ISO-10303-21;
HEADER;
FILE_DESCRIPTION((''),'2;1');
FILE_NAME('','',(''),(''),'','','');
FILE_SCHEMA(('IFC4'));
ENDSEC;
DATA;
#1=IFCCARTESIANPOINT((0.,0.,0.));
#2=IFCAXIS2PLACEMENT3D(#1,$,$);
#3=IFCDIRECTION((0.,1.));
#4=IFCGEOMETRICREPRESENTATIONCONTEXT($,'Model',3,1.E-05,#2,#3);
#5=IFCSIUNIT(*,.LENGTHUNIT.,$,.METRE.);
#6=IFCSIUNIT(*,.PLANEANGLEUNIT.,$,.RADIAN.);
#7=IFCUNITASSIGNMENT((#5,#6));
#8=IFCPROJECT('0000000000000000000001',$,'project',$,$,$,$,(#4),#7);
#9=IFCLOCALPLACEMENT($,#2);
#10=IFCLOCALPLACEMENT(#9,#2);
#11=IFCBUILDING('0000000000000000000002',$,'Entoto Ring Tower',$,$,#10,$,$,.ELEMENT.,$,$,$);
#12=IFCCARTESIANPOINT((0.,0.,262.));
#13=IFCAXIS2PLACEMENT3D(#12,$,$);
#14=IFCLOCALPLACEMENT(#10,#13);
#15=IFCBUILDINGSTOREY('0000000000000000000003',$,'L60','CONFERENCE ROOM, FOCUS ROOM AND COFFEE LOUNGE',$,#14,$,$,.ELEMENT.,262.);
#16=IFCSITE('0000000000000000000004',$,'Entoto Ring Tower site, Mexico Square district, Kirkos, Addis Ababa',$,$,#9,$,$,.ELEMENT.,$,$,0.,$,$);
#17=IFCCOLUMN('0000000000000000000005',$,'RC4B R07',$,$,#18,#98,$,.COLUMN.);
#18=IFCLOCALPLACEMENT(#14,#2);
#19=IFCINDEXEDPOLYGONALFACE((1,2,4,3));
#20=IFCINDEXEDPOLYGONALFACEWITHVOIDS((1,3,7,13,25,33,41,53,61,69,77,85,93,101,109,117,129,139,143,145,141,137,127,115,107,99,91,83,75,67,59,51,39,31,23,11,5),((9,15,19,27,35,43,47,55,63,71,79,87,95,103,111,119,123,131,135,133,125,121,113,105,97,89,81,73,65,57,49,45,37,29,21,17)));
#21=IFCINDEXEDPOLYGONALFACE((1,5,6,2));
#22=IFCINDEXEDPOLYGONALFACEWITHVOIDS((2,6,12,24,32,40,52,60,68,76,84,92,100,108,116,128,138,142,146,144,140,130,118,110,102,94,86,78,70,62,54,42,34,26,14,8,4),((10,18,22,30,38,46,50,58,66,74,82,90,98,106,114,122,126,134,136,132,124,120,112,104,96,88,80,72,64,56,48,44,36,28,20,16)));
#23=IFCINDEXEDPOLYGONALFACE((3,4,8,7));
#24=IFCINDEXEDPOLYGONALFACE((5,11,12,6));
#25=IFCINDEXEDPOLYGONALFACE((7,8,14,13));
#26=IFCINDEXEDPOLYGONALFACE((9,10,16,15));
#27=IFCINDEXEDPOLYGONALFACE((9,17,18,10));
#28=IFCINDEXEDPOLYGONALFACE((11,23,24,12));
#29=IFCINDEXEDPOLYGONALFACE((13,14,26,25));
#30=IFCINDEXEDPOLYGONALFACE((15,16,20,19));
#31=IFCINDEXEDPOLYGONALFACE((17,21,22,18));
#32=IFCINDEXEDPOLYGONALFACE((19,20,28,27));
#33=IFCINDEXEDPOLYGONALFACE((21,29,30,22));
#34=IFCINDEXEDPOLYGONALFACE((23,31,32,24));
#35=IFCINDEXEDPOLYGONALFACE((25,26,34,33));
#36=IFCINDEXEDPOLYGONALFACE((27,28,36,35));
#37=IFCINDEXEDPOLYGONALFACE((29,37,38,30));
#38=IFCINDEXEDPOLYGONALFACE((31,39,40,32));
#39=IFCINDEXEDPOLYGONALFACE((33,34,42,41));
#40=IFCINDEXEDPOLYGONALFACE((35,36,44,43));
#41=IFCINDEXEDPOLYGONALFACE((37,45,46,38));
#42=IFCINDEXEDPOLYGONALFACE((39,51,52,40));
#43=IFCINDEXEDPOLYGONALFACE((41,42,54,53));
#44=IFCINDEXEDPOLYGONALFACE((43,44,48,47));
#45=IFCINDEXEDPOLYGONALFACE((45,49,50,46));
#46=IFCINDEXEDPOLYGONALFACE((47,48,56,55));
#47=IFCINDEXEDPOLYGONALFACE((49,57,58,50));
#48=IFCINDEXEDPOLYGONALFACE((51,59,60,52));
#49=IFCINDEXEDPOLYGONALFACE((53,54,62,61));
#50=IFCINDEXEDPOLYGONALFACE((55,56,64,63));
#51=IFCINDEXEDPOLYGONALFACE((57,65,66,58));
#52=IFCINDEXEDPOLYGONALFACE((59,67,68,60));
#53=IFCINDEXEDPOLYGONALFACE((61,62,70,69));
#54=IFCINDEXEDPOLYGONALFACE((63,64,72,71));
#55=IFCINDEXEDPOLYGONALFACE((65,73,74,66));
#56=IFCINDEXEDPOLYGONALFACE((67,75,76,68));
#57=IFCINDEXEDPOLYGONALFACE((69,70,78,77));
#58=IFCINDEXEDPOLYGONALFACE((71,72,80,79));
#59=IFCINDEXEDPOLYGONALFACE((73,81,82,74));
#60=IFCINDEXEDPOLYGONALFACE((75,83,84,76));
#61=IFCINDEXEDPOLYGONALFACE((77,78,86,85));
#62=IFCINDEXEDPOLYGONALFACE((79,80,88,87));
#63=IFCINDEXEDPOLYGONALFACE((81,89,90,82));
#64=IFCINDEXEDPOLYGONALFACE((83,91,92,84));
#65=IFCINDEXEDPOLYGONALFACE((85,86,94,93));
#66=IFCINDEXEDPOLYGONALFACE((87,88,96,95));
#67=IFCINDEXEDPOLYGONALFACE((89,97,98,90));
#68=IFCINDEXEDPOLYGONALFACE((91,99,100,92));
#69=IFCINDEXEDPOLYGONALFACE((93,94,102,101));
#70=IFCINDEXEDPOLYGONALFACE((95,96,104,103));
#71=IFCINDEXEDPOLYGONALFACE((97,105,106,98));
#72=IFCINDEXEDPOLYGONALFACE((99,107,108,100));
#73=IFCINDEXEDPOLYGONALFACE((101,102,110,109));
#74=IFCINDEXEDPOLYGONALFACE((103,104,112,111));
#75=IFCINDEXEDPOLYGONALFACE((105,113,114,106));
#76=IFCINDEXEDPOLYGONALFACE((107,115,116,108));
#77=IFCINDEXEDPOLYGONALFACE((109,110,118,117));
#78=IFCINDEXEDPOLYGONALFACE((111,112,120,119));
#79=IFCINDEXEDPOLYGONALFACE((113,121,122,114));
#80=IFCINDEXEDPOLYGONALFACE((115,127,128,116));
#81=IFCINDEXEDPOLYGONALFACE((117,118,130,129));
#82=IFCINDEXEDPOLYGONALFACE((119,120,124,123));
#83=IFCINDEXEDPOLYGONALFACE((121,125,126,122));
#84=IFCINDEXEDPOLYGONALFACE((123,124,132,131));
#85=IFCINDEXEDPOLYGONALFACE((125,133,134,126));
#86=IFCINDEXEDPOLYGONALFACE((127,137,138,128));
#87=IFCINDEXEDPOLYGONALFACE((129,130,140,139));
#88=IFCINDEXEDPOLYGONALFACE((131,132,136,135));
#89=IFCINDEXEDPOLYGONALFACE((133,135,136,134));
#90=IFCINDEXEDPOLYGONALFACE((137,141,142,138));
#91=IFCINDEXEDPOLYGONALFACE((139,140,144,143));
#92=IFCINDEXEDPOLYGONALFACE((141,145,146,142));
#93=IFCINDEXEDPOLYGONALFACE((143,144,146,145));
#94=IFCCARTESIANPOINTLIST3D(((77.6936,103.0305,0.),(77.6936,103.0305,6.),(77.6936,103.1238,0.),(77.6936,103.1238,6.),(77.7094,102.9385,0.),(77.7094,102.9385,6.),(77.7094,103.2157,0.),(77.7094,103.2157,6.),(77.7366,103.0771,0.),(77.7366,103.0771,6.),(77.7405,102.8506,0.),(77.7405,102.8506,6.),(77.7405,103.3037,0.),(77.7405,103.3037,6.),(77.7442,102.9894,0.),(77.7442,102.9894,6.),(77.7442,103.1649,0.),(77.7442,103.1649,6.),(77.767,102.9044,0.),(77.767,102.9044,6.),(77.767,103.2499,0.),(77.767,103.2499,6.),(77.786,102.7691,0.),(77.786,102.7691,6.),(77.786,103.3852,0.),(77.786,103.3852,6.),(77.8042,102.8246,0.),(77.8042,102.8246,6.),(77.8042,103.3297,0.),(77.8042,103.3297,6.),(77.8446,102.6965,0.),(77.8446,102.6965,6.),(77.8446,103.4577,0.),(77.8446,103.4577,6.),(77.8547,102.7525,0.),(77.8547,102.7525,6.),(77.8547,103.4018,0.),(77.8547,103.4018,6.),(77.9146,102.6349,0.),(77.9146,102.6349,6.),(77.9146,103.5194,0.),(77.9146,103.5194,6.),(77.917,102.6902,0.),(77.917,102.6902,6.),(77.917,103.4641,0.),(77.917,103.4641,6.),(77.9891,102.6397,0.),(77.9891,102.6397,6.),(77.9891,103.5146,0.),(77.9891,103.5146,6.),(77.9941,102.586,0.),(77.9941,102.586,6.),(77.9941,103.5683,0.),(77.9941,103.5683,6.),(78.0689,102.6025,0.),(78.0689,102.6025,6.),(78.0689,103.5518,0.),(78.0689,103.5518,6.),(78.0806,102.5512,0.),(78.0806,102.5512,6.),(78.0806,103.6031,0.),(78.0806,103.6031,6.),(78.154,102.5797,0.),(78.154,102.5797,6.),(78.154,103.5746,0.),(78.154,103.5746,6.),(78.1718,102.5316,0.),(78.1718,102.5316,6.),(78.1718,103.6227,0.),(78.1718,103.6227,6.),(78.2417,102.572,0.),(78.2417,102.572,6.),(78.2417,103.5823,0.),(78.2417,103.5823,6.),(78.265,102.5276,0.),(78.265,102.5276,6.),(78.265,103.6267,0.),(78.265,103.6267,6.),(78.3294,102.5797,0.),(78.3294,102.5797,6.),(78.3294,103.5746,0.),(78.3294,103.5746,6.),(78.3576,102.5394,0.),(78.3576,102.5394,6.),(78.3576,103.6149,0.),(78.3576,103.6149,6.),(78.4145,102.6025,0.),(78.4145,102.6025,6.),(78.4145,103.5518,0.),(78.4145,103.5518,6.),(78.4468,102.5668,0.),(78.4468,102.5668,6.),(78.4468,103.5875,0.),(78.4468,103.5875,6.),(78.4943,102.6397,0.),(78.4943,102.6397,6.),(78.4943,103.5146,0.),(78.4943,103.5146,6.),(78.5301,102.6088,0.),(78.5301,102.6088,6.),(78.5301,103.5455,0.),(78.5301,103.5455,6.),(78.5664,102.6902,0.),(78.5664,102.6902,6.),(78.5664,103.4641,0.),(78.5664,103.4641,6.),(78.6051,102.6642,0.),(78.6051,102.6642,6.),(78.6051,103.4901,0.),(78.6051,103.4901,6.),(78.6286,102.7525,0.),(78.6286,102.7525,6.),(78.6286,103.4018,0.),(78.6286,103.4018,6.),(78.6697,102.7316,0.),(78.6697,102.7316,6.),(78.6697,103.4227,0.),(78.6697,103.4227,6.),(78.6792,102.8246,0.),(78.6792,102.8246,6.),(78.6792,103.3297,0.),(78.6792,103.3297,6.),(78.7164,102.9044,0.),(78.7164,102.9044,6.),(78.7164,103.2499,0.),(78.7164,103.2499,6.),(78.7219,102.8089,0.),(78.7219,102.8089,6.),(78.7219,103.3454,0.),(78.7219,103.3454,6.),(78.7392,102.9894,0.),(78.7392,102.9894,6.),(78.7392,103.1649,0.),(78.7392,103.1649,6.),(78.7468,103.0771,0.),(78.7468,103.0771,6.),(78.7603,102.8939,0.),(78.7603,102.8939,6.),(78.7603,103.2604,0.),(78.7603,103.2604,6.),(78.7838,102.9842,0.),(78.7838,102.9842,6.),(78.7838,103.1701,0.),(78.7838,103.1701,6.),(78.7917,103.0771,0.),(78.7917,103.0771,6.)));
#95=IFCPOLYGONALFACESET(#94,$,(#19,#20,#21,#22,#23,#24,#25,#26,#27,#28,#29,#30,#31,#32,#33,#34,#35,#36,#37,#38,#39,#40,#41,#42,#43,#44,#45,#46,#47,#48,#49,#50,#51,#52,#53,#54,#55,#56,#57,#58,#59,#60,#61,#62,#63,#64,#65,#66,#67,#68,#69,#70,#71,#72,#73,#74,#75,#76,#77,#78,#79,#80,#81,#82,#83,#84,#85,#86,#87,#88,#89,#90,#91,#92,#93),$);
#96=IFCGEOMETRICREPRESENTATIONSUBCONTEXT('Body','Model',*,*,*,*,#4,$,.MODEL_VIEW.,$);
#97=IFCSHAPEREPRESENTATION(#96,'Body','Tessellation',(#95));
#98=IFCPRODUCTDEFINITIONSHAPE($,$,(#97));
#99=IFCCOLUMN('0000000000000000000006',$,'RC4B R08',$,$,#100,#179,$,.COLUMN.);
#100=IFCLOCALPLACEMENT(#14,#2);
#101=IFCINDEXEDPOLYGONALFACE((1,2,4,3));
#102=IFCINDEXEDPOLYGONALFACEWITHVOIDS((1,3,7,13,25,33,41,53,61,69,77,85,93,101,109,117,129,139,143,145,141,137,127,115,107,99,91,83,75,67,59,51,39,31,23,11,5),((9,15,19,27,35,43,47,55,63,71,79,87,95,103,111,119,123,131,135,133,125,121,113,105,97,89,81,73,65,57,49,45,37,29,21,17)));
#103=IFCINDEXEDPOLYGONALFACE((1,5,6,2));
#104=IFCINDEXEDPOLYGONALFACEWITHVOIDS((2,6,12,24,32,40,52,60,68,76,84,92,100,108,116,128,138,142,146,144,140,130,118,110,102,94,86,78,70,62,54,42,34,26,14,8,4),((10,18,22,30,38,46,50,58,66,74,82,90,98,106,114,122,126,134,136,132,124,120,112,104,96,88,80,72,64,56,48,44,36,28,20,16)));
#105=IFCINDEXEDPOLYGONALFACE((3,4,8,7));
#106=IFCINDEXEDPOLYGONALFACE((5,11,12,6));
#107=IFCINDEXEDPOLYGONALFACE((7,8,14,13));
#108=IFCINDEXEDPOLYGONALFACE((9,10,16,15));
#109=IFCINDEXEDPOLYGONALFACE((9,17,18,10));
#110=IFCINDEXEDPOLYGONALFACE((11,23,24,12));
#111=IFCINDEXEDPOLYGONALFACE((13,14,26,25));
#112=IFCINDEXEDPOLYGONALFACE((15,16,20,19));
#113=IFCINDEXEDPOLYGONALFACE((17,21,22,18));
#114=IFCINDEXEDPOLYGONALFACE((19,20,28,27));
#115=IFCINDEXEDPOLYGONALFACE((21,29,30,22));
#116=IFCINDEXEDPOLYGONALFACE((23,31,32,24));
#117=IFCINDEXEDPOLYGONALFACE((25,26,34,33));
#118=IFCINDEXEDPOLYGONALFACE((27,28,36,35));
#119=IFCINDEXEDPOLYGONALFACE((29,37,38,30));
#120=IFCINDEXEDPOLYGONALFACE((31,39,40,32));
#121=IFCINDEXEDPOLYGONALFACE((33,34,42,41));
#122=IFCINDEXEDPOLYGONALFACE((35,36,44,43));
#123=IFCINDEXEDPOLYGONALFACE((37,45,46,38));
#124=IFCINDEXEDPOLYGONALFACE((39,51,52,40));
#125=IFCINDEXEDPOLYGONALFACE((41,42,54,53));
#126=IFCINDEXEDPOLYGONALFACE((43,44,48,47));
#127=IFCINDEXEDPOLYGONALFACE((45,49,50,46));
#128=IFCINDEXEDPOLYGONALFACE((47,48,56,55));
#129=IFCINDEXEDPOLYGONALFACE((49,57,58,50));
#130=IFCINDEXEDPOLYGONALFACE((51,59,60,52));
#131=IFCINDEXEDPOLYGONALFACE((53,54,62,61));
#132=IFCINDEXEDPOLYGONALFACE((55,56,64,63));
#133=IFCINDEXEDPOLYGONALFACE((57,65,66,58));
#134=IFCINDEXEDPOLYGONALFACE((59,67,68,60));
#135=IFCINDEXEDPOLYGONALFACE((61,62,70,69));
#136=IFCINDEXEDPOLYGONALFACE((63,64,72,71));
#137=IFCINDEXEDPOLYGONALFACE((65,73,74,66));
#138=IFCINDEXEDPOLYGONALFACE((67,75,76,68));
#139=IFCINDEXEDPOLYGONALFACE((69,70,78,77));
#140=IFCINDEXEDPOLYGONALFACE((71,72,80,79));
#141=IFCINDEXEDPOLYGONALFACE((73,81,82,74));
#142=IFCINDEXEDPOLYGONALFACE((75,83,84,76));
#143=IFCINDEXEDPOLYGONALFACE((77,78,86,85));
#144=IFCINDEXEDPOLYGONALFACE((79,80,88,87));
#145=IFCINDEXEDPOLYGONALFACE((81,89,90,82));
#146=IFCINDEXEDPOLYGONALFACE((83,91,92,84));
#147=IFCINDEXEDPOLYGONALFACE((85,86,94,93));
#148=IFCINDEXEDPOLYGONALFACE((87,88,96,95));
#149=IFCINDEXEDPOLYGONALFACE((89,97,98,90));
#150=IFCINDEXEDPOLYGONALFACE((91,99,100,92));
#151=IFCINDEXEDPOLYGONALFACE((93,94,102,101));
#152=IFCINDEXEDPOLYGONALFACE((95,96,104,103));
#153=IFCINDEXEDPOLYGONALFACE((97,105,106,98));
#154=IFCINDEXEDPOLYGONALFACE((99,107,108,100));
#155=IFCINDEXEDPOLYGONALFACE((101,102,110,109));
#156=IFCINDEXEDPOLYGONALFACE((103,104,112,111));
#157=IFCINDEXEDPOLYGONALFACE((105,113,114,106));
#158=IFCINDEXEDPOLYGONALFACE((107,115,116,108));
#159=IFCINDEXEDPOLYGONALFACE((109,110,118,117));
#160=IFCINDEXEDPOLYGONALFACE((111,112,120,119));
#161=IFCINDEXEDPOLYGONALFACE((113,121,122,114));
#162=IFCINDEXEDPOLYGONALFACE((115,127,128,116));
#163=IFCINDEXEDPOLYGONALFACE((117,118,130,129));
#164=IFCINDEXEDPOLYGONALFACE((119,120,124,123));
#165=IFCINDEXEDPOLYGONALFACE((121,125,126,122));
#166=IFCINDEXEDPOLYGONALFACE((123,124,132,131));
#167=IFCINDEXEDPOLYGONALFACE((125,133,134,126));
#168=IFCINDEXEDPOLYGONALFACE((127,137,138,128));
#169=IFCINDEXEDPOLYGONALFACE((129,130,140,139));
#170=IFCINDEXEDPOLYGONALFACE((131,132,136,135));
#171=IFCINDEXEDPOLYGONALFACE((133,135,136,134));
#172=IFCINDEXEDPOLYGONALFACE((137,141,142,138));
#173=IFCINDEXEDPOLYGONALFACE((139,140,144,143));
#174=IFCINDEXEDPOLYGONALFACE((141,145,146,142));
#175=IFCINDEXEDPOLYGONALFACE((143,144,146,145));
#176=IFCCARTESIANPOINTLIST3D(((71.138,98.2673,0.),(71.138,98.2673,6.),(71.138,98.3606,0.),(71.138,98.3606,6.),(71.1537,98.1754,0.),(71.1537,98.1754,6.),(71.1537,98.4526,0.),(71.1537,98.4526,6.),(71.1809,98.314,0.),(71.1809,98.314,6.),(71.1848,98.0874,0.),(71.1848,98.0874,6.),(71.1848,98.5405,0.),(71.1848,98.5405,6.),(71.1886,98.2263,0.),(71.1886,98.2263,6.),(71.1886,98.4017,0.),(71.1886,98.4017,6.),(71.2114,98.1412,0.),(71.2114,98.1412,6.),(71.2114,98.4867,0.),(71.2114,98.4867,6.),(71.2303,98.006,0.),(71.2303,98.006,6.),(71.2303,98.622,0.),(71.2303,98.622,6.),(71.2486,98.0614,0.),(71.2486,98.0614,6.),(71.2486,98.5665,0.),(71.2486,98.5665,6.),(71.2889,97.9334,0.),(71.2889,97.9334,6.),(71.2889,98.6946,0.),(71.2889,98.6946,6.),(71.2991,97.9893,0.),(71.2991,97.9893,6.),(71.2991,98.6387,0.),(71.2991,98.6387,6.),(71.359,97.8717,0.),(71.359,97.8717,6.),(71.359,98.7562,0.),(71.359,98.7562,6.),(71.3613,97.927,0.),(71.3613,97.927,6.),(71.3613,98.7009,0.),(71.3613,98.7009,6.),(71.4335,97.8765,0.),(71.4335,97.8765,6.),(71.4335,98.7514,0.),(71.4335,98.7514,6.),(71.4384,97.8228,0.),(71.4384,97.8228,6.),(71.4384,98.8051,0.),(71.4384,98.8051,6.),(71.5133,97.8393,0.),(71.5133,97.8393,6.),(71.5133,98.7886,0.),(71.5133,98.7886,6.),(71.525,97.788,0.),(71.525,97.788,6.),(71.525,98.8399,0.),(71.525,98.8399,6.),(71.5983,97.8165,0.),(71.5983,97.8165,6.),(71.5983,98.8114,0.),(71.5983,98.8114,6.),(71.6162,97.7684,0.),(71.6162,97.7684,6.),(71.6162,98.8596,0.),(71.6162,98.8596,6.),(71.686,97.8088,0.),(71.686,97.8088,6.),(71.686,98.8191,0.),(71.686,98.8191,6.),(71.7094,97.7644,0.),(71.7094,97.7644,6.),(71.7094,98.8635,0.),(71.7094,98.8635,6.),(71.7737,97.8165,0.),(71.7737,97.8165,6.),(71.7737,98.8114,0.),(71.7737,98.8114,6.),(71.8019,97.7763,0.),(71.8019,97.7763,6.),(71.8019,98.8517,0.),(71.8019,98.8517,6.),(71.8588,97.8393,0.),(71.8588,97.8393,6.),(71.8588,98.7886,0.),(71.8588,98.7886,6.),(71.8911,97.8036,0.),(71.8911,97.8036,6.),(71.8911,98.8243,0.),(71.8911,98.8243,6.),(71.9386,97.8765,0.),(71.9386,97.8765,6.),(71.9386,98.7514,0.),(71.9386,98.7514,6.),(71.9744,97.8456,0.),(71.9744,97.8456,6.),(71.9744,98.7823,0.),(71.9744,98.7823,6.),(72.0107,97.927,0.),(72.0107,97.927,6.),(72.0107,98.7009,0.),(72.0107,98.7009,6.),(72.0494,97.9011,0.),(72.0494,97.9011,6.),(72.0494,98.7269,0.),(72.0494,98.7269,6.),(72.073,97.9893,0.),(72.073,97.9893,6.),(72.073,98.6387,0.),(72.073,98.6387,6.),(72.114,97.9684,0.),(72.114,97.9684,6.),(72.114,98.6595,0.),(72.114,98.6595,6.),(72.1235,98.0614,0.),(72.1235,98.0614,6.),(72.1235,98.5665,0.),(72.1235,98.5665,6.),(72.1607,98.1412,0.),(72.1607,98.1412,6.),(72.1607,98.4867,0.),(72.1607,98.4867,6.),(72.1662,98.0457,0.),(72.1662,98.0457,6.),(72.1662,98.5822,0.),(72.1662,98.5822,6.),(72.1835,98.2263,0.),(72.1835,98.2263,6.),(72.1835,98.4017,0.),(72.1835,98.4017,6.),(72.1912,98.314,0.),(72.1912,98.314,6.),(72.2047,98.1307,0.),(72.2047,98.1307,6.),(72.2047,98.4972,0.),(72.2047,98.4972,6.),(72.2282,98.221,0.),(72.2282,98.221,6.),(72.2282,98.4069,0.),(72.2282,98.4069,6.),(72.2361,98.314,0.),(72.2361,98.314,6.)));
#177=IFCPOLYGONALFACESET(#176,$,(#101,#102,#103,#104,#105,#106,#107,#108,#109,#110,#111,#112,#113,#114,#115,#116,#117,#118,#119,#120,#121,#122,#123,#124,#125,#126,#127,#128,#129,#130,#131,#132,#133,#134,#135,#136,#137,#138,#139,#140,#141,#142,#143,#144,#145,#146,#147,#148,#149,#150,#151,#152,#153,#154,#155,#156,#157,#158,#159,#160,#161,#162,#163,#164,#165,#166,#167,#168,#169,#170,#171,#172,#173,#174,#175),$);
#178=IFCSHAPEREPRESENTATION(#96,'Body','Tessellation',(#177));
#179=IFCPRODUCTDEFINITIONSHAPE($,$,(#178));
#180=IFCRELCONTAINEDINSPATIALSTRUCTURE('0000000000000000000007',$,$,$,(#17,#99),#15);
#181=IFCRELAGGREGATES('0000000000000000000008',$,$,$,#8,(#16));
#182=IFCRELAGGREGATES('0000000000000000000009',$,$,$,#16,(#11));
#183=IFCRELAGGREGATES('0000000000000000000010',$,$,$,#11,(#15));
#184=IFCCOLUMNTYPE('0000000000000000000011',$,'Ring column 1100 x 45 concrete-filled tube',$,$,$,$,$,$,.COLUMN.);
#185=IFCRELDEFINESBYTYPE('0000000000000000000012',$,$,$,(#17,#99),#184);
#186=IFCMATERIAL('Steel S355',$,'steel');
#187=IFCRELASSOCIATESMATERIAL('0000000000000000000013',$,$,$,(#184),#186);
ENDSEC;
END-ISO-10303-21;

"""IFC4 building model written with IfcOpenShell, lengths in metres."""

from ifc_helpers import new_model, si_unit, direction, frame, origin, origin_2d, place, context, subcontext, project, spatial, circle, hollow_circle, extrude, material, material_profile, profile_set, type_object, element, save


model = new_model("IFC4")

# Units and contexts
model_context = context("Model", 3, precision=1e-05, world=origin(), true_north=direction((0.0, 1.0)))
body_context = subcontext(model_context, "Body", "Model", "MODEL_VIEW")
ifc_project = project(units=[si_unit("LENGTHUNIT", "METRE"), si_unit("PLANEANGLEUNIT", "RADIAN")], contexts=[model_context])

# Site, building, storey
site_placement = place(None, origin())
site = spatial("IfcSite", under=ifc_project, at=site_placement, Name="Entoto Ring Tower site, Mexico Square district, Kirkos, Addis Ababa", CompositionType="ELEMENT", RefElevation=0.0)
building_placement = place(site_placement, origin())
building = spatial("IfcBuilding", under=site, at=building_placement, Name="Entoto Ring Tower", CompositionType="ELEMENT")
storey_placement = place(building_placement, frame((0.0, 0.0, 262.0)))
storey = spatial("IfcBuildingStorey", under=building, at=storey_placement, Name="L60", Description="CONFERENCE ROOM, FOCUS ROOM AND COFFEE LOUNGE", CompositionType="ELEMENT", Elevation=262.0)

# Columns
ifc_material_1 = material(Name="Steel S355", Category="steel")
ifc_material_profile_1 = material_profile(ifc_material_1, hollow_circle(Radius=0.55, WallThickness=0.0449, at=origin_2d()), Name="CHS 1100 x 45")
ifc_material_2 = material(Name="Concrete C60/75", Category="concrete")
ifc_material_profile_2 = material_profile(ifc_material_2, circle(Radius=0.5049, at=origin_2d()), Name="Concrete C60/75 infill")
ifc_profile_set_1 = profile_set([ifc_material_profile_1, ifc_material_profile_2], Name="Steel S355")
column_type = type_object("IfcColumnType", Name="Ring column 1100 x 45 concrete-filled tube", PredefinedType="COLUMN", material=ifc_profile_set_1)
for number, where, z_axis, x_axis, name in (
    (1, (78.2417, 103.0771, 0.0), (0.0, 0.0, 1.0), (1.0, 0.0, 0.0), "RC4B R07"),
    (2, (71.686, 98.314, 0.0), (0.0, 0.0, 1.0), (1.0, 0.0, 0.0), "RC4B R08"),
):
    element("IfcColumn", number, at=place(storey_placement, frame(where, z_axis=z_axis, x_axis=x_axis)), inside=storey, type_object=column_type, Name=name, PredefinedType="COLUMN", context=body_context, shape_type="SweptSolid", body=[
        extrude(hollow_circle(Radius=0.55, WallThickness=0.0449, at=origin_2d()), origin(), (0.0, 0.0, 1.0), 6.0),
    ])

save(model, "model.ifc")
